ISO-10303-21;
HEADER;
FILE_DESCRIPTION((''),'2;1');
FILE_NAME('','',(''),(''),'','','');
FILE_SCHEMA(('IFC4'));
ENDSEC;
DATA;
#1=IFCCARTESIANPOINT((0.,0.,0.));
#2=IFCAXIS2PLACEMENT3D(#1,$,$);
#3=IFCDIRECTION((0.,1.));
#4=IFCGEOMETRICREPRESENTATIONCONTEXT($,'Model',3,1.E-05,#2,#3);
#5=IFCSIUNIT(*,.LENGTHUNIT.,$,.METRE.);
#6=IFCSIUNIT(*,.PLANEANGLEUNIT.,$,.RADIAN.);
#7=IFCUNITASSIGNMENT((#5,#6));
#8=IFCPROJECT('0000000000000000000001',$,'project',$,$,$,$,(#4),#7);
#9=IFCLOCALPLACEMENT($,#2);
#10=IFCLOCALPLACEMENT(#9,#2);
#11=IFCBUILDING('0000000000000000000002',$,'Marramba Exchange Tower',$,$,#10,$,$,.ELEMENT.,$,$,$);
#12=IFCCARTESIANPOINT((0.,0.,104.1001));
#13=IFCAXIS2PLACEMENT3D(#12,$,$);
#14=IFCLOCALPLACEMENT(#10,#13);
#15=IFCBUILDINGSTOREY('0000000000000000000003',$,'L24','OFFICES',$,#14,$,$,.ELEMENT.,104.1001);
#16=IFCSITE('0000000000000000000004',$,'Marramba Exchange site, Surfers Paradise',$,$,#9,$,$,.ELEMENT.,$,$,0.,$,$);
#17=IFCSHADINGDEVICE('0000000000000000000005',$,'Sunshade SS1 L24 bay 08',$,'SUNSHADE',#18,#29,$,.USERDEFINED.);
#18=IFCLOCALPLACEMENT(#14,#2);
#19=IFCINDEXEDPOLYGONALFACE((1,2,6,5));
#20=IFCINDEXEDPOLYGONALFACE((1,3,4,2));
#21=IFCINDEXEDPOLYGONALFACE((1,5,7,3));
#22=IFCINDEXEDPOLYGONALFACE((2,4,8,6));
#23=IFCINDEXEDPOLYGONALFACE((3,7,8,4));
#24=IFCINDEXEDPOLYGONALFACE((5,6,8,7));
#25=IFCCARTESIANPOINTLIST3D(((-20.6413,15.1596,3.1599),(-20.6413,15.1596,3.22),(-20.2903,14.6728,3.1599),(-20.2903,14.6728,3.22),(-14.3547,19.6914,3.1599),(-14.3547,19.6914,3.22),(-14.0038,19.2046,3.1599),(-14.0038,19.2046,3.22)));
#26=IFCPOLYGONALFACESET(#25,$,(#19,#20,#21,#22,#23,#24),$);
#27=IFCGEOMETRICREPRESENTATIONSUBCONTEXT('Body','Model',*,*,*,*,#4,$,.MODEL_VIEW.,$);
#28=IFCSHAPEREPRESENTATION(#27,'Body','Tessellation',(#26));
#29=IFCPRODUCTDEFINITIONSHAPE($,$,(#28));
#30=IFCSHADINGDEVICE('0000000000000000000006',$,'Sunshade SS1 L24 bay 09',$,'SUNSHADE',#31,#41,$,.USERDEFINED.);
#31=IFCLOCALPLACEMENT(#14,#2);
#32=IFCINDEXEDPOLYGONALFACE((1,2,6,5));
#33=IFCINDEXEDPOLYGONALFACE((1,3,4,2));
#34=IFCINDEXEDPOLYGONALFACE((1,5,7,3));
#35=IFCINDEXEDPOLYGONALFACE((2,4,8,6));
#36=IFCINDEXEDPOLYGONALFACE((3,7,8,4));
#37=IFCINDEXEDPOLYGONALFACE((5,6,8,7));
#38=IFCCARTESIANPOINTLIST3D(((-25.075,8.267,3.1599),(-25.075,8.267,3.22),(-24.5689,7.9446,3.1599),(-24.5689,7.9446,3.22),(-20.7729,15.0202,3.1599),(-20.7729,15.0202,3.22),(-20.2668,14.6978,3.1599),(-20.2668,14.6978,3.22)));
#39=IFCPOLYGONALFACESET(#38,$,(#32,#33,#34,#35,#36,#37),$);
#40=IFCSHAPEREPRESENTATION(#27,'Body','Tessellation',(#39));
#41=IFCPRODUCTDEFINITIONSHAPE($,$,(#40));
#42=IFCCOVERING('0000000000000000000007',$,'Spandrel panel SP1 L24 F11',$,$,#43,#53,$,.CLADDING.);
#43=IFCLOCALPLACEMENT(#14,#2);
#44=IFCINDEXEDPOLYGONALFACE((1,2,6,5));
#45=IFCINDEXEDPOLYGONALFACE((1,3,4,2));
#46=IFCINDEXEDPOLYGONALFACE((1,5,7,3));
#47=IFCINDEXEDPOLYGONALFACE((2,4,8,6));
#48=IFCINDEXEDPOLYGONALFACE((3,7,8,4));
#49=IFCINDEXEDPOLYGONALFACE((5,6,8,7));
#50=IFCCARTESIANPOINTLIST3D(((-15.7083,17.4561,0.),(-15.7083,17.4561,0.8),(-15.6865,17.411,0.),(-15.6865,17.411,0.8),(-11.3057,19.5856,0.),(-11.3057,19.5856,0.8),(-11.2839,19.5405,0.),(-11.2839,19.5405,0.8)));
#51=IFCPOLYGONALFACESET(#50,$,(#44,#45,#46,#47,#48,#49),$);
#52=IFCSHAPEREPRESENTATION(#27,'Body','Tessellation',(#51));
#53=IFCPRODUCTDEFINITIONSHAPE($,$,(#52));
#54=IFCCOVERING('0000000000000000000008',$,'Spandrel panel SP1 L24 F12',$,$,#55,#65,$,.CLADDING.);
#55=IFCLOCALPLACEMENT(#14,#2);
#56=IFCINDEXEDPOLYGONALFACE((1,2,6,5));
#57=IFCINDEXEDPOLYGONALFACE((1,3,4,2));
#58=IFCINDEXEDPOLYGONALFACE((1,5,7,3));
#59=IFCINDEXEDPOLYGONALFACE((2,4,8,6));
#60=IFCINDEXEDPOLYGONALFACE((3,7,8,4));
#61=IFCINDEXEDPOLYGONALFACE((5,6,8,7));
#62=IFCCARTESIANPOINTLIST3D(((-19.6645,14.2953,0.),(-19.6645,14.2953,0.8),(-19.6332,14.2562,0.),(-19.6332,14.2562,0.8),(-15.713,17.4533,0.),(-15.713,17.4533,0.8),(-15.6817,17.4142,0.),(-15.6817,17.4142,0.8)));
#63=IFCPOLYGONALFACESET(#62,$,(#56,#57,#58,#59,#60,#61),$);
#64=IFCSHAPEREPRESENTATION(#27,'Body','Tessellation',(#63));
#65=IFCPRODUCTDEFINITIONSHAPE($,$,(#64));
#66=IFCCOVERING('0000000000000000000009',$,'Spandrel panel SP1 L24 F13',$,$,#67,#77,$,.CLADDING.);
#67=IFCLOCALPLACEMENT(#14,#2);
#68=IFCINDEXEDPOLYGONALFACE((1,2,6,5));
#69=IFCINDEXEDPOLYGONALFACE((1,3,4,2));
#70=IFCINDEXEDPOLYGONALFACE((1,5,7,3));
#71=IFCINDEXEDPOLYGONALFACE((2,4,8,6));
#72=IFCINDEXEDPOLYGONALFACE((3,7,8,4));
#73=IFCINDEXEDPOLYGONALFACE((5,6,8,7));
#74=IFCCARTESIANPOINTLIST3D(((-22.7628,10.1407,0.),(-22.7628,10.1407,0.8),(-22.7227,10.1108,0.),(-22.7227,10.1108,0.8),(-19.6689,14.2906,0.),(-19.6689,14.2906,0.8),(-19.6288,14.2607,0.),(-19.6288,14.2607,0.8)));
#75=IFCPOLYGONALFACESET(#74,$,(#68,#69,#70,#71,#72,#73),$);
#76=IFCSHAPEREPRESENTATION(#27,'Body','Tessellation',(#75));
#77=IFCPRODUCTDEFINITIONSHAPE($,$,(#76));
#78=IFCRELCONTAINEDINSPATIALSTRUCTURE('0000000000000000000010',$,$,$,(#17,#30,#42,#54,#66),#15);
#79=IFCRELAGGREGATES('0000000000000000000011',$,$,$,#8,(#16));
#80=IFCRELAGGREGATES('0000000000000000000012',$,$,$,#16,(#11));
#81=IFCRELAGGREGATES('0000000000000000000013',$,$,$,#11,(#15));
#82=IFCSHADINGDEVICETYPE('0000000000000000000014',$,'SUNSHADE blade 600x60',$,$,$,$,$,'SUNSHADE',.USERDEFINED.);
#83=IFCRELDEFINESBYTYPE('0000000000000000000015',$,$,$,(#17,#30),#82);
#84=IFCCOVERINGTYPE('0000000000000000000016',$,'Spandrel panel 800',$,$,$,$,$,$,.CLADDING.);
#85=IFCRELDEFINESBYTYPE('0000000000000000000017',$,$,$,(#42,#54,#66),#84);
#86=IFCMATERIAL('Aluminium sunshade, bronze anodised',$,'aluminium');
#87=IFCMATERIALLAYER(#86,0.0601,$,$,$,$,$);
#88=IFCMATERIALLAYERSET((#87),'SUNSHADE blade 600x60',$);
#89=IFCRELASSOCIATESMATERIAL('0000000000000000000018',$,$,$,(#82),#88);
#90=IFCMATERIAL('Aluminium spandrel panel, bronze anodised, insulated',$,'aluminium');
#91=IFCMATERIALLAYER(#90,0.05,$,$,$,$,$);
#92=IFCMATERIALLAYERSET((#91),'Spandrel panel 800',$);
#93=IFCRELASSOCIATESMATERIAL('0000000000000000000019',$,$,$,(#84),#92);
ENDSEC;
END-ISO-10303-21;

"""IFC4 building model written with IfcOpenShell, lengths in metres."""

from ifc_helpers import new_model, si_unit, direction, frame, origin, origin_2d, place, context, subcontext, project, spatial, rectangle, extrude, material, layer, layer_set, type_object, element, save


model = new_model("IFC4")

# Units and contexts
model_context = context("Model", 3, precision=1e-05, world=origin(), true_north=direction((0.0, 1.0)))
body_context = subcontext(model_context, "Body", "Model", "MODEL_VIEW")
ifc_project = project(units=[si_unit("LENGTHUNIT", "METRE"), si_unit("PLANEANGLEUNIT", "RADIAN")], contexts=[model_context])

# Site, building, storey
site_placement = place(None, origin())
site = spatial("IfcSite", under=ifc_project, at=site_placement, Name="Marramba Exchange site, Surfers Paradise", CompositionType="ELEMENT", RefElevation=0.0)
building_placement = place(site_placement, origin())
building = spatial("IfcBuilding", under=site, at=building_placement, Name="Marramba Exchange Tower", CompositionType="ELEMENT")
storey_placement = place(building_placement, frame((0.0, 0.0, 104.1001)))
storey = spatial("IfcBuildingStorey", under=building, at=storey_placement, Name="L24", Description="OFFICES", CompositionType="ELEMENT", Elevation=104.1001)

# Shading devices
ifc_material_1 = material(Name="Aluminium sunshade, bronze anodised", Category="aluminium")
ifc_layer_1 = layer(ifc_material_1, 0.0601)
ifc_layer_set_1 = layer_set([ifc_layer_1], Name="SUNSHADE blade 600x60")
shading_device_type_1 = type_object("IfcShadingDeviceType", Name="SUNSHADE blade 600x60", ElementType="SUNSHADE", PredefinedType="USERDEFINED", material=ifc_layer_set_1)
shading_device_1_placement = place(storey_placement, frame((-17.3225, 17.1821, 3.1599), z_axis=(0.0, 0.0, 1.0), x_axis=(-0.811199, -0.58477, 0.0)))
element("IfcShadingDevice", 1, at=shading_device_1_placement, inside=storey, type_object=shading_device_type_1, Name="Sunshade SS1 L24 bay 08", ObjectType="SUNSHADE", PredefinedType="USERDEFINED", context=body_context, shape_type="SweptSolid", body=[
    extrude(rectangle(XDim=7.7498, YDim=0.6001, at=origin_2d()), origin(), (0.0, 0.0, 1.0), 0.0601),
])
shading_device_2_placement = place(storey_placement, frame((-22.6709, 11.4824, 3.1599), z_axis=(0.0, 0.0, 1.0), x_axis=(-0.537285, -0.843401, 0.0)))
element("IfcShadingDevice", 2, at=shading_device_2_placement, inside=storey, type_object=shading_device_type_1, Name="Sunshade SS1 L24 bay 09", ObjectType="SUNSHADE", PredefinedType="USERDEFINED", context=body_context, shape_type="SweptSolid", body=[
    extrude(rectangle(XDim=8.0071, YDim=0.6001, at=origin_2d()), origin(), (0.0, 0.0, 1.0), 0.0601),
])

# Coverings
ifc_material_2 = material(Name="Aluminium spandrel panel, bronze anodised, insulated", Category="aluminium")
ifc_layer_2 = layer(ifc_material_2, 0.05)
ifc_layer_set_2 = layer_set([ifc_layer_2], Name="Spandrel panel 800")
covering_type = type_object("IfcCoveringType", Name="Spandrel panel 800", PredefinedType="CLADDING", material=ifc_layer_set_2)
covering_1_placement = place(storey_placement, frame((-13.4961, 18.4983, 0.0), z_axis=(0.0, 0.0, 1.0), x_axis=(-0.900224, -0.435428, 0.0)))
element("IfcCovering", 3, at=covering_1_placement, inside=storey, type_object=covering_type, Name="Spandrel panel SP1 L24 F11", PredefinedType="CLADDING", context=body_context, shape_type="SweptSolid", body=[
    extrude(rectangle(XDim=4.8906, YDim=0.05, at=origin_2d()), origin(), (0.0, 0.0, 1.0), 0.8),
])
covering_2_placement = place(storey_placement, frame((-17.6731, 15.8547, 0.0), z_axis=(0.0, 0.0, 1.0), x_axis=(-0.781178, -0.624308, 0.0)))
element("IfcCovering", 4, at=covering_2_placement, inside=storey, type_object=covering_type, Name="Spandrel panel SP1 L24 F12", PredefinedType="CLADDING", context=body_context, shape_type="SweptSolid", body=[
    extrude(rectangle(XDim=5.0583, YDim=0.05, at=origin_2d()), origin(), (0.0, 0.0, 1.0), 0.8),
])
covering_3_placement = place(storey_placement, frame((-21.1958, 12.2007, 0.0), z_axis=(0.0, 0.0, 1.0), x_axis=(-0.597704, -0.801717, 0.0)))
element("IfcCovering", 5, at=covering_3_placement, inside=storey, type_object=covering_type, Name="Spandrel panel SP1 L24 F13", PredefinedType="CLADDING", context=body_context, shape_type="SweptSolid", body=[
    extrude(rectangle(XDim=5.1763, YDim=0.05, at=origin_2d()), origin(), (0.0, 0.0, 1.0), 0.8),
])

save(model, "model.ifc")
